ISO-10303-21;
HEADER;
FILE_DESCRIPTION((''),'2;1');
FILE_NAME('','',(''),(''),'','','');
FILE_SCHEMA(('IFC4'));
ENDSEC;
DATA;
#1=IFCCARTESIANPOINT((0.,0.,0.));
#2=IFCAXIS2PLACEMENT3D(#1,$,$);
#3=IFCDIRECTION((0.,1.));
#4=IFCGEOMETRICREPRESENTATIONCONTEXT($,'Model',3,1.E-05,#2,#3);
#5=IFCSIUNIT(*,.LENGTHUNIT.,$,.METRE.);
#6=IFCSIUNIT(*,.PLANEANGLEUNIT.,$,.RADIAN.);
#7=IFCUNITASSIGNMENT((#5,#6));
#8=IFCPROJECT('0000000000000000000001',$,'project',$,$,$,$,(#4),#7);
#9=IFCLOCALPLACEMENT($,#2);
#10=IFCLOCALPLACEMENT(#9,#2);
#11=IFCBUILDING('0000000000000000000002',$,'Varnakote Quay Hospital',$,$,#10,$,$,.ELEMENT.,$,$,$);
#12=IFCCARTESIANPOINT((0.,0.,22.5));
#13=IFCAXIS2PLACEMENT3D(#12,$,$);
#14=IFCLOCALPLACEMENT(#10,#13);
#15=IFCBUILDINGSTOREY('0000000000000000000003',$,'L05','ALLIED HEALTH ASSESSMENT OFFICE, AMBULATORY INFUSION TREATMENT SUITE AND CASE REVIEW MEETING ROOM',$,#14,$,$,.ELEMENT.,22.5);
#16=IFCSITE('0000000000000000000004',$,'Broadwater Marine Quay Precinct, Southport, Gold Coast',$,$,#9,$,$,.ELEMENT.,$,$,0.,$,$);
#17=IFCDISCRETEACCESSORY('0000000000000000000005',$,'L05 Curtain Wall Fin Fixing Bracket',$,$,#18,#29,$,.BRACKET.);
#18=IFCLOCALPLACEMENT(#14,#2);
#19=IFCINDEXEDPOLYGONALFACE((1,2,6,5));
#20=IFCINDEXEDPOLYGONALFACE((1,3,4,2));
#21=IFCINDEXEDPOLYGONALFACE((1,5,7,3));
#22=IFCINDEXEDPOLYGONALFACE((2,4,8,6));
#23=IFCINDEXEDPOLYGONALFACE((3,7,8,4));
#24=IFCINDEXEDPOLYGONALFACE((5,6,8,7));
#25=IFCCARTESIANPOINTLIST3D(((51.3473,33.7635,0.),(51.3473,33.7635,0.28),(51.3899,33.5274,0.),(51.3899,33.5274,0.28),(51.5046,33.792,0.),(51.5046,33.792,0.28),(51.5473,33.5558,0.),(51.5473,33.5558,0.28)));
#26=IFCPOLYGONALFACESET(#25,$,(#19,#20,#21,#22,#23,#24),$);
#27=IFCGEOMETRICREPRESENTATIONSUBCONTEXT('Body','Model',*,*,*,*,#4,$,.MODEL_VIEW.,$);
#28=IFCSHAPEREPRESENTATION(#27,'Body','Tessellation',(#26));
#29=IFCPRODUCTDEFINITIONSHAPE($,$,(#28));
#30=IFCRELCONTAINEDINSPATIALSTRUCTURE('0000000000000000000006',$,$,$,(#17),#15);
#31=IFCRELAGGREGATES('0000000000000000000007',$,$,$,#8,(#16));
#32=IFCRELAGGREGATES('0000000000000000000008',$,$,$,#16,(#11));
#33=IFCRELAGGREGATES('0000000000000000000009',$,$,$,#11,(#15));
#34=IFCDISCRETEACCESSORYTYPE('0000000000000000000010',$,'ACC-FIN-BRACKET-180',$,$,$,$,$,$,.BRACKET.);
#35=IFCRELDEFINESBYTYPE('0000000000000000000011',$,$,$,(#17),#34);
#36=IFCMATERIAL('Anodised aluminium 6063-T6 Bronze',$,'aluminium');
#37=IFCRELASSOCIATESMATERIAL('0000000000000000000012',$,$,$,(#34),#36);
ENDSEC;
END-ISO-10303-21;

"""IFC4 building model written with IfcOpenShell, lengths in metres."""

from ifc_helpers import new_model, si_unit, direction, frame, origin, origin_2d, place, context, subcontext, project, spatial, rectangle, extrude, material, type_object, element, save


model = new_model("IFC4")

# Units and contexts
model_context = context("Model", 3, precision=1e-05, world=origin(), true_north=direction((0.0, 1.0)))
body_context = subcontext(model_context, "Body", "Model", "MODEL_VIEW")
ifc_project = project(units=[si_unit("LENGTHUNIT", "METRE"), si_unit("PLANEANGLEUNIT", "RADIAN")], contexts=[model_context])

# Site, building, storey
site_placement = place(None, origin())
site = spatial("IfcSite", under=ifc_project, at=site_placement, Name="Broadwater Marine Quay Precinct, Southport, Gold Coast", CompositionType="ELEMENT", RefElevation=0.0)
building_placement = place(site_placement, origin())
building = spatial("IfcBuilding", under=site, at=building_placement, Name="Varnakote Quay Hospital", CompositionType="ELEMENT")
storey_placement = place(building_placement, frame((0.0, 0.0, 22.5)))
storey = spatial("IfcBuildingStorey", under=building, at=storey_placement, Name="L05", Description="ALLIED HEALTH ASSESSMENT OFFICE, AMBULATORY INFUSION TREATMENT SUITE AND CASE REVIEW MEETING ROOM", CompositionType="ELEMENT", Elevation=22.5)

# Discrete accessory
ifc_material_1 = material(Name="Anodised aluminium 6063-T6 Bronze", Category="aluminium")
discrete_accessory_type = type_object("IfcDiscreteAccessoryType", Name="ACC-FIN-BRACKET-180", PredefinedType="BRACKET", material=ifc_material_1)
for number, where, z_axis, x_axis, name in (
    (1, (51.4473, 33.6597, 0.0), (0.0, 0.0, 1.0), (-0.984072, -0.177772, 0.0), "L05 Curtain Wall Fin Fixing Bracket"),
):
    element("IfcDiscreteAccessory", number, at=place(storey_placement, frame(where, z_axis=z_axis, x_axis=x_axis)), inside=storey, type_object=discrete_accessory_type, Name=name, PredefinedType="BRACKET", context=body_context, shape_type="SweptSolid", body=[
        extrude(rectangle(XDim=0.1599, YDim=0.24, at=origin_2d()), origin(), (0.0, 0.0, 1.0), 0.28),
    ])

save(model, "model.ifc")
